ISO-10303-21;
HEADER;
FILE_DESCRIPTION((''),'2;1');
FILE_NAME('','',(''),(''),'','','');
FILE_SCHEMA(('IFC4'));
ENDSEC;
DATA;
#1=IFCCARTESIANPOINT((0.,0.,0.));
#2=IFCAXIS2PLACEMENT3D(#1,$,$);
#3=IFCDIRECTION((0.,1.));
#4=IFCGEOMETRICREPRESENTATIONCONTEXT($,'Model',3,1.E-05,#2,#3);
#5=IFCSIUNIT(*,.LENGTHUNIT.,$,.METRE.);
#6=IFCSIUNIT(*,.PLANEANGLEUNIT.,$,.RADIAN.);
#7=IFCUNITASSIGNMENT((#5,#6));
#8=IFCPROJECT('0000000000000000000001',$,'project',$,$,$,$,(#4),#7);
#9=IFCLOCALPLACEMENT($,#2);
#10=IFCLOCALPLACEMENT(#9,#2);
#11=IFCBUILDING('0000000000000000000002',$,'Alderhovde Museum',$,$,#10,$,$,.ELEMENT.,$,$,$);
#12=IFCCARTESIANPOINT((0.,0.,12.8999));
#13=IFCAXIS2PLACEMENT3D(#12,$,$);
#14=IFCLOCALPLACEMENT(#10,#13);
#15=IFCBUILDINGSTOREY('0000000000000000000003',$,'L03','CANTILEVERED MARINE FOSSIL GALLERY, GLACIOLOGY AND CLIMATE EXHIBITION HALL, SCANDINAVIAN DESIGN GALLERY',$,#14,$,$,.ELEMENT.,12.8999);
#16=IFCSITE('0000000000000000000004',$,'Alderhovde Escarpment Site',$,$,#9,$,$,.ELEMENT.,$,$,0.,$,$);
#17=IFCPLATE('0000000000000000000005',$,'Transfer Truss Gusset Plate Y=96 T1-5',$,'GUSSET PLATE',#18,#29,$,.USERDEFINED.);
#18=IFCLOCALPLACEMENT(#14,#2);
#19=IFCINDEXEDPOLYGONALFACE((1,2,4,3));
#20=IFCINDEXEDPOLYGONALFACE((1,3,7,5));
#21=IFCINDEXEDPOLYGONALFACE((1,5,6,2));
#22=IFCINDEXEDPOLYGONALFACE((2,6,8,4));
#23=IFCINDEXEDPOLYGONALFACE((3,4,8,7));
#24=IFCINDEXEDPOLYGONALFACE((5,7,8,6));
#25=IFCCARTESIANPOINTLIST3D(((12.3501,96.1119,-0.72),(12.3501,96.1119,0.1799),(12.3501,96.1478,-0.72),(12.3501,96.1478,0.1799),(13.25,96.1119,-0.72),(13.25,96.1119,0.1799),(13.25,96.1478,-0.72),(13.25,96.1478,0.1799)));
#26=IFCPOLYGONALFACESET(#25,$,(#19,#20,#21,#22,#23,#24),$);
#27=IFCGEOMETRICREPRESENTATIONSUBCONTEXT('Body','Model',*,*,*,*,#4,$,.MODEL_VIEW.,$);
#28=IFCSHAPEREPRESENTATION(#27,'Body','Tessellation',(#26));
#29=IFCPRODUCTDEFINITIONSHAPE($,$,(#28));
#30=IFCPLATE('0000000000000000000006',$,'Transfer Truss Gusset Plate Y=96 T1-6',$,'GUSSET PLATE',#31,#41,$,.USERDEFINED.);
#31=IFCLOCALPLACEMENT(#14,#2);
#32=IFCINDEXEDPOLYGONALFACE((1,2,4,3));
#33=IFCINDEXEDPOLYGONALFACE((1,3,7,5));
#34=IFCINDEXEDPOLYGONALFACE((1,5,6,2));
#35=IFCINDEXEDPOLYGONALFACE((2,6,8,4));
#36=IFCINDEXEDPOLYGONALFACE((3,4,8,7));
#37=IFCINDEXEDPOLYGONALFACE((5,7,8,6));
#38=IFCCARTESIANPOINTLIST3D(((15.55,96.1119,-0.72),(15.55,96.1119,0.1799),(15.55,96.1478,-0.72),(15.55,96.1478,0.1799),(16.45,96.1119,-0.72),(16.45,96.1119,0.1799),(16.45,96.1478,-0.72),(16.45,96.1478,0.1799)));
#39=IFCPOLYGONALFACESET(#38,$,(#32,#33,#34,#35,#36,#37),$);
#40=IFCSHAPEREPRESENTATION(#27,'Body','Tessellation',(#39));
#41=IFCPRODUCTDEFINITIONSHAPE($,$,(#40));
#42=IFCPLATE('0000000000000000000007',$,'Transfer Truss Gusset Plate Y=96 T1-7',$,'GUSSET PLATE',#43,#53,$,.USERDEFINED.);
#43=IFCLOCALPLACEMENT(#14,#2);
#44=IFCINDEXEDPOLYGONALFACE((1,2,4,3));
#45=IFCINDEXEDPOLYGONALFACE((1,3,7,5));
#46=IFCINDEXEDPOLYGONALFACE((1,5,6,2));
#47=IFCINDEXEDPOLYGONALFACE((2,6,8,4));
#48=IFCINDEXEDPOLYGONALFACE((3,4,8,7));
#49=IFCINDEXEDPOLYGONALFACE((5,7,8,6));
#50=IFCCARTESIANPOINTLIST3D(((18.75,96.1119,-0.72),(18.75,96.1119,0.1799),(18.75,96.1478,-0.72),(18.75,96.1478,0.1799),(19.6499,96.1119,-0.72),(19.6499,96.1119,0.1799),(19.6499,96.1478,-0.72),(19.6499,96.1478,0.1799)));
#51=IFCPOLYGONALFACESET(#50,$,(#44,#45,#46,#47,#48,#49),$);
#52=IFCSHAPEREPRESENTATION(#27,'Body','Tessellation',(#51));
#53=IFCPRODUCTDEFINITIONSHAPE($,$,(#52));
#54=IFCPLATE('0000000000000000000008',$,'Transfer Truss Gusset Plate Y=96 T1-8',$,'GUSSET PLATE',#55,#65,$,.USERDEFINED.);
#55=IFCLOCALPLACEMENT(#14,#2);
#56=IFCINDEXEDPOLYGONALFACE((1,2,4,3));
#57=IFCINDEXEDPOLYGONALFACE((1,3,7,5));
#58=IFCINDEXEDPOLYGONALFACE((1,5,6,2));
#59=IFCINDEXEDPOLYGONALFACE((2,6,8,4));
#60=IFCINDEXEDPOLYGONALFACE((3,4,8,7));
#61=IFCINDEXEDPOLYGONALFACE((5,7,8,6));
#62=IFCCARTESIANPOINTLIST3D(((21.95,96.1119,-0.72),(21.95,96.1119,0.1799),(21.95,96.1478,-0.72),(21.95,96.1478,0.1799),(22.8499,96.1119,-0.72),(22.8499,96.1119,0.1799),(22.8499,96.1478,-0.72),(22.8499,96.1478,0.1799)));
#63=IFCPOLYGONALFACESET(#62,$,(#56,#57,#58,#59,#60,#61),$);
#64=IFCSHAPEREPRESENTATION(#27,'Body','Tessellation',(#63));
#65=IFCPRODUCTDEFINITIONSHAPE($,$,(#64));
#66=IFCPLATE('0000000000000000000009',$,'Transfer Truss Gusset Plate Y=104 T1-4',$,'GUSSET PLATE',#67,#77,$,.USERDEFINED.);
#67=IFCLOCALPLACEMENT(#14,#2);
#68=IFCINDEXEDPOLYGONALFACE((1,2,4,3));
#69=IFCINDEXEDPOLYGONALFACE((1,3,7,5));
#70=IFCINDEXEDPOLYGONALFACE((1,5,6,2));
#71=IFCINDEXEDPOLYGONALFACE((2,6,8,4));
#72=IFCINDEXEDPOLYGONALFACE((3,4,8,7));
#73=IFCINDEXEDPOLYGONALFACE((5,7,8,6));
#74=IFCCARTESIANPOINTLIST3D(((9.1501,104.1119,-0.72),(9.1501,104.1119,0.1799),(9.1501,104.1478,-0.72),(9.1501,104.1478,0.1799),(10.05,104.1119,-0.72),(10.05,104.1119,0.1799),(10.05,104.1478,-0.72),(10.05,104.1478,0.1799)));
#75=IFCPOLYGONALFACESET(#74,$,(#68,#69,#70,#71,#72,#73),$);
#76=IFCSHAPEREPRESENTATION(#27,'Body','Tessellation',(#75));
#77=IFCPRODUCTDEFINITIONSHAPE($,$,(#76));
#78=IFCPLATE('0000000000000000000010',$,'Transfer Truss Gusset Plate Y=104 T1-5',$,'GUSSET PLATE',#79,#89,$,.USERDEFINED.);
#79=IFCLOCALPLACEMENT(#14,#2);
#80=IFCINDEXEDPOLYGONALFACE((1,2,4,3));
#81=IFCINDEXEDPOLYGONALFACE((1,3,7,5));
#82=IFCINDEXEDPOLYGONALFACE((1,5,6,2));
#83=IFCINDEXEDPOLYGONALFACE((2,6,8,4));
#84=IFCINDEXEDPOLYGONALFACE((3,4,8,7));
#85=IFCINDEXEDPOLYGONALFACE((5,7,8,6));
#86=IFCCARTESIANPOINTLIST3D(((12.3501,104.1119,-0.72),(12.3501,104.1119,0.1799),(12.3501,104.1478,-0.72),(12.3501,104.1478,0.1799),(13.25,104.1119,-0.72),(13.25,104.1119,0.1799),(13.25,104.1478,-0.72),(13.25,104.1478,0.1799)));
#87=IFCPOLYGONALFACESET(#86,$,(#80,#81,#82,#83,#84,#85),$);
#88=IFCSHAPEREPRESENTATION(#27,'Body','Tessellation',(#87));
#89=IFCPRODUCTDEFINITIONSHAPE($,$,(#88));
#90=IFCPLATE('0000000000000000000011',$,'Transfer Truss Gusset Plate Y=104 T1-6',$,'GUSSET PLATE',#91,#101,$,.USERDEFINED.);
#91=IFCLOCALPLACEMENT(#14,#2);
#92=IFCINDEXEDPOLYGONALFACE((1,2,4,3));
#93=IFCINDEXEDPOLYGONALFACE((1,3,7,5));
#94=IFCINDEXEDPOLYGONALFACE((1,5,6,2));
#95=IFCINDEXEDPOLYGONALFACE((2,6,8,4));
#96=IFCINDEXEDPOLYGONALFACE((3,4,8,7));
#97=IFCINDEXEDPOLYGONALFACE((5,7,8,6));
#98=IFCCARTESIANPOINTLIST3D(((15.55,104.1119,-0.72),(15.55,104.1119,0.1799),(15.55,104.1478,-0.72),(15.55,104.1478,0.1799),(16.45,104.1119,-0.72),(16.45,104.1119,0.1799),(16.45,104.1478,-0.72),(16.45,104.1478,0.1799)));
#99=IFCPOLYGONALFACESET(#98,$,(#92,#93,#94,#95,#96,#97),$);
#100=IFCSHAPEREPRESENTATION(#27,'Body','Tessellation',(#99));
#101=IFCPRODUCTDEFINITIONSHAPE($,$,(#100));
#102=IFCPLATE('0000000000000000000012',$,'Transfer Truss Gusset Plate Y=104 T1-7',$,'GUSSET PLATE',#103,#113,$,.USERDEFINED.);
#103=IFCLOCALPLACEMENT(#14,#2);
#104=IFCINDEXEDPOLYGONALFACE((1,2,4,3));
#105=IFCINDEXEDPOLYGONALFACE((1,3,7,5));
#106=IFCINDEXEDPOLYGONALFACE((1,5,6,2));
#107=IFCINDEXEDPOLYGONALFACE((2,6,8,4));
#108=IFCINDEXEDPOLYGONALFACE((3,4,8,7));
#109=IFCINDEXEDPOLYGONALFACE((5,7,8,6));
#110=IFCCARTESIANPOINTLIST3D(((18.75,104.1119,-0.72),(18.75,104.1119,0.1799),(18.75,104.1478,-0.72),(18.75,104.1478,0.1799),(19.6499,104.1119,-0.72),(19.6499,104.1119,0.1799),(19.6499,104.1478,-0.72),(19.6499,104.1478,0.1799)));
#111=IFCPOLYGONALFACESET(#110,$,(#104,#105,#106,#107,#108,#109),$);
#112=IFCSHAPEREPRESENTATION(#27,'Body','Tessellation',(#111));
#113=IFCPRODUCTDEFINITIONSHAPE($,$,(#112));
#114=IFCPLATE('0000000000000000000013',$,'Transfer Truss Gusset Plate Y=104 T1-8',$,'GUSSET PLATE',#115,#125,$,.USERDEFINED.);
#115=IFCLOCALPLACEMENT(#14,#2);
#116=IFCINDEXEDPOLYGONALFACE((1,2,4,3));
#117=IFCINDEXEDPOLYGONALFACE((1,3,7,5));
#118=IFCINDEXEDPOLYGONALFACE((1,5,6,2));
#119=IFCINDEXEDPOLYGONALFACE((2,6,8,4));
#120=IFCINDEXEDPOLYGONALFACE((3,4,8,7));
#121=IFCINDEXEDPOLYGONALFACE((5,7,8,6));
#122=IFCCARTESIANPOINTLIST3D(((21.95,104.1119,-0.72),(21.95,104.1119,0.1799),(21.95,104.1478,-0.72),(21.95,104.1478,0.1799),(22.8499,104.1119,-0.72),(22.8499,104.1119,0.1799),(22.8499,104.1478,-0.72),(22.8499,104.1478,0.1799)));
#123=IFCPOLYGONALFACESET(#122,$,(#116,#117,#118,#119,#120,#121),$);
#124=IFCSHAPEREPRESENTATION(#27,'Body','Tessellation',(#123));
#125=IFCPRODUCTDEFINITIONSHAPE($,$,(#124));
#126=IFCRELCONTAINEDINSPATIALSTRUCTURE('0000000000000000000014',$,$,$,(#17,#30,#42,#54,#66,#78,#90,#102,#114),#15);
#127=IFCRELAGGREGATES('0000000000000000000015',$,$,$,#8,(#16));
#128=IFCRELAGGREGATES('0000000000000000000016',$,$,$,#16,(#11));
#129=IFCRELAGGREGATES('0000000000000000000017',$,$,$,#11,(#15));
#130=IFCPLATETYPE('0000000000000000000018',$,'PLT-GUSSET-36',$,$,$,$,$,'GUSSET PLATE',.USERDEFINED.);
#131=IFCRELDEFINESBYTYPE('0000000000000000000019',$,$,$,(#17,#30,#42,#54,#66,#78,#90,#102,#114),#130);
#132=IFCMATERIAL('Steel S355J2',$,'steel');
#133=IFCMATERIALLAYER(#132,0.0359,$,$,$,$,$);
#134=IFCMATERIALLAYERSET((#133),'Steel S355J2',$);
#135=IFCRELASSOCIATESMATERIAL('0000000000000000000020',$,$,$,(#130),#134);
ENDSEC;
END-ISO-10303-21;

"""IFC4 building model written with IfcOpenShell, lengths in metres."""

from ifc_helpers import new_model, si_unit, direction, frame, origin, origin_2d, place, context, subcontext, project, spatial, rectangle, extrude, material, layer, layer_set, type_object, element, save


model = new_model("IFC4")

# Units and contexts
model_context = context("Model", 3, precision=1e-05, world=origin(), true_north=direction((0.0, 1.0)))
body_context = subcontext(model_context, "Body", "Model", "MODEL_VIEW")
ifc_project = project(units=[si_unit("LENGTHUNIT", "METRE"), si_unit("PLANEANGLEUNIT", "RADIAN")], contexts=[model_context])

# Site, building, storey
site_placement = place(None, origin())
site = spatial("IfcSite", under=ifc_project, at=site_placement, Name="Alderhovde Escarpment Site", CompositionType="ELEMENT", RefElevation=0.0)
building_placement = place(site_placement, origin())
building = spatial("IfcBuilding", under=site, at=building_placement, Name="Alderhovde Museum", CompositionType="ELEMENT")
storey_placement = place(building_placement, frame((0.0, 0.0, 12.8999)))
storey = spatial("IfcBuildingStorey", under=building, at=storey_placement, Name="L03", Description="CANTILEVERED MARINE FOSSIL GALLERY, GLACIOLOGY AND CLIMATE EXHIBITION HALL, SCANDINAVIAN DESIGN GALLERY", CompositionType="ELEMENT", Elevation=12.8999)

# Plates
ifc_material_1 = material(Name="Steel S355J2", Category="steel")
ifc_layer = layer(ifc_material_1, 0.0359)
ifc_layer_set = layer_set([ifc_layer], Name="Steel S355J2")
plate_type = type_object("IfcPlateType", Name="PLT-GUSSET-36", ElementType="GUSSET PLATE", PredefinedType="USERDEFINED", material=ifc_layer_set)
for number, where, z_axis, x_axis, name in (
    (1, (12.8, 96.1299, -0.72), (0.0, 0.0, 1.0), (1.0, 0.0, 0.0), "Transfer Truss Gusset Plate Y=96 T1-5"),
    (2, (16.0, 96.1299, -0.72), (0.0, 0.0, 1.0), (1.0, 0.0, 0.0), "Transfer Truss Gusset Plate Y=96 T1-6"),
    (3, (19.2, 96.1299, -0.72), (0.0, 0.0, 1.0), (1.0, 0.0, 0.0), "Transfer Truss Gusset Plate Y=96 T1-7"),
    (4, (22.3999, 96.1299, -0.72), (0.0, 0.0, 1.0), (1.0, 0.0, 0.0), "Transfer Truss Gusset Plate Y=96 T1-8"),
    (5, (9.6001, 104.1299, -0.72), (0.0, 0.0, 1.0), (1.0, 0.0, 0.0), "Transfer Truss Gusset Plate Y=104 T1-4"),
    (6, (12.8, 104.1299, -0.72), (0.0, 0.0, 1.0), (1.0, 0.0, 0.0), "Transfer Truss Gusset Plate Y=104 T1-5"),
    (7, (16.0, 104.1299, -0.72), (0.0, 0.0, 1.0), (1.0, 0.0, 0.0), "Transfer Truss Gusset Plate Y=104 T1-6"),
    (8, (19.2, 104.1299, -0.72), (0.0, 0.0, 1.0), (1.0, 0.0, 0.0), "Transfer Truss Gusset Plate Y=104 T1-7"),
    (9, (22.3999, 104.1299, -0.72), (0.0, 0.0, 1.0), (1.0, 0.0, 0.0), "Transfer Truss Gusset Plate Y=104 T1-8"),
):
    element("IfcPlate", number, at=place(storey_placement, frame(where, z_axis=z_axis, x_axis=x_axis)), inside=storey, type_object=plate_type, Name=name, ObjectType="GUSSET PLATE", PredefinedType="USERDEFINED", context=body_context, shape_type="SweptSolid", body=[
        extrude(rectangle(XDim=0.8999, YDim=0.0359, at=origin_2d()), origin(), (0.0, 0.0, 1.0), 0.8999),
    ])

save(model, "model.ifc")
